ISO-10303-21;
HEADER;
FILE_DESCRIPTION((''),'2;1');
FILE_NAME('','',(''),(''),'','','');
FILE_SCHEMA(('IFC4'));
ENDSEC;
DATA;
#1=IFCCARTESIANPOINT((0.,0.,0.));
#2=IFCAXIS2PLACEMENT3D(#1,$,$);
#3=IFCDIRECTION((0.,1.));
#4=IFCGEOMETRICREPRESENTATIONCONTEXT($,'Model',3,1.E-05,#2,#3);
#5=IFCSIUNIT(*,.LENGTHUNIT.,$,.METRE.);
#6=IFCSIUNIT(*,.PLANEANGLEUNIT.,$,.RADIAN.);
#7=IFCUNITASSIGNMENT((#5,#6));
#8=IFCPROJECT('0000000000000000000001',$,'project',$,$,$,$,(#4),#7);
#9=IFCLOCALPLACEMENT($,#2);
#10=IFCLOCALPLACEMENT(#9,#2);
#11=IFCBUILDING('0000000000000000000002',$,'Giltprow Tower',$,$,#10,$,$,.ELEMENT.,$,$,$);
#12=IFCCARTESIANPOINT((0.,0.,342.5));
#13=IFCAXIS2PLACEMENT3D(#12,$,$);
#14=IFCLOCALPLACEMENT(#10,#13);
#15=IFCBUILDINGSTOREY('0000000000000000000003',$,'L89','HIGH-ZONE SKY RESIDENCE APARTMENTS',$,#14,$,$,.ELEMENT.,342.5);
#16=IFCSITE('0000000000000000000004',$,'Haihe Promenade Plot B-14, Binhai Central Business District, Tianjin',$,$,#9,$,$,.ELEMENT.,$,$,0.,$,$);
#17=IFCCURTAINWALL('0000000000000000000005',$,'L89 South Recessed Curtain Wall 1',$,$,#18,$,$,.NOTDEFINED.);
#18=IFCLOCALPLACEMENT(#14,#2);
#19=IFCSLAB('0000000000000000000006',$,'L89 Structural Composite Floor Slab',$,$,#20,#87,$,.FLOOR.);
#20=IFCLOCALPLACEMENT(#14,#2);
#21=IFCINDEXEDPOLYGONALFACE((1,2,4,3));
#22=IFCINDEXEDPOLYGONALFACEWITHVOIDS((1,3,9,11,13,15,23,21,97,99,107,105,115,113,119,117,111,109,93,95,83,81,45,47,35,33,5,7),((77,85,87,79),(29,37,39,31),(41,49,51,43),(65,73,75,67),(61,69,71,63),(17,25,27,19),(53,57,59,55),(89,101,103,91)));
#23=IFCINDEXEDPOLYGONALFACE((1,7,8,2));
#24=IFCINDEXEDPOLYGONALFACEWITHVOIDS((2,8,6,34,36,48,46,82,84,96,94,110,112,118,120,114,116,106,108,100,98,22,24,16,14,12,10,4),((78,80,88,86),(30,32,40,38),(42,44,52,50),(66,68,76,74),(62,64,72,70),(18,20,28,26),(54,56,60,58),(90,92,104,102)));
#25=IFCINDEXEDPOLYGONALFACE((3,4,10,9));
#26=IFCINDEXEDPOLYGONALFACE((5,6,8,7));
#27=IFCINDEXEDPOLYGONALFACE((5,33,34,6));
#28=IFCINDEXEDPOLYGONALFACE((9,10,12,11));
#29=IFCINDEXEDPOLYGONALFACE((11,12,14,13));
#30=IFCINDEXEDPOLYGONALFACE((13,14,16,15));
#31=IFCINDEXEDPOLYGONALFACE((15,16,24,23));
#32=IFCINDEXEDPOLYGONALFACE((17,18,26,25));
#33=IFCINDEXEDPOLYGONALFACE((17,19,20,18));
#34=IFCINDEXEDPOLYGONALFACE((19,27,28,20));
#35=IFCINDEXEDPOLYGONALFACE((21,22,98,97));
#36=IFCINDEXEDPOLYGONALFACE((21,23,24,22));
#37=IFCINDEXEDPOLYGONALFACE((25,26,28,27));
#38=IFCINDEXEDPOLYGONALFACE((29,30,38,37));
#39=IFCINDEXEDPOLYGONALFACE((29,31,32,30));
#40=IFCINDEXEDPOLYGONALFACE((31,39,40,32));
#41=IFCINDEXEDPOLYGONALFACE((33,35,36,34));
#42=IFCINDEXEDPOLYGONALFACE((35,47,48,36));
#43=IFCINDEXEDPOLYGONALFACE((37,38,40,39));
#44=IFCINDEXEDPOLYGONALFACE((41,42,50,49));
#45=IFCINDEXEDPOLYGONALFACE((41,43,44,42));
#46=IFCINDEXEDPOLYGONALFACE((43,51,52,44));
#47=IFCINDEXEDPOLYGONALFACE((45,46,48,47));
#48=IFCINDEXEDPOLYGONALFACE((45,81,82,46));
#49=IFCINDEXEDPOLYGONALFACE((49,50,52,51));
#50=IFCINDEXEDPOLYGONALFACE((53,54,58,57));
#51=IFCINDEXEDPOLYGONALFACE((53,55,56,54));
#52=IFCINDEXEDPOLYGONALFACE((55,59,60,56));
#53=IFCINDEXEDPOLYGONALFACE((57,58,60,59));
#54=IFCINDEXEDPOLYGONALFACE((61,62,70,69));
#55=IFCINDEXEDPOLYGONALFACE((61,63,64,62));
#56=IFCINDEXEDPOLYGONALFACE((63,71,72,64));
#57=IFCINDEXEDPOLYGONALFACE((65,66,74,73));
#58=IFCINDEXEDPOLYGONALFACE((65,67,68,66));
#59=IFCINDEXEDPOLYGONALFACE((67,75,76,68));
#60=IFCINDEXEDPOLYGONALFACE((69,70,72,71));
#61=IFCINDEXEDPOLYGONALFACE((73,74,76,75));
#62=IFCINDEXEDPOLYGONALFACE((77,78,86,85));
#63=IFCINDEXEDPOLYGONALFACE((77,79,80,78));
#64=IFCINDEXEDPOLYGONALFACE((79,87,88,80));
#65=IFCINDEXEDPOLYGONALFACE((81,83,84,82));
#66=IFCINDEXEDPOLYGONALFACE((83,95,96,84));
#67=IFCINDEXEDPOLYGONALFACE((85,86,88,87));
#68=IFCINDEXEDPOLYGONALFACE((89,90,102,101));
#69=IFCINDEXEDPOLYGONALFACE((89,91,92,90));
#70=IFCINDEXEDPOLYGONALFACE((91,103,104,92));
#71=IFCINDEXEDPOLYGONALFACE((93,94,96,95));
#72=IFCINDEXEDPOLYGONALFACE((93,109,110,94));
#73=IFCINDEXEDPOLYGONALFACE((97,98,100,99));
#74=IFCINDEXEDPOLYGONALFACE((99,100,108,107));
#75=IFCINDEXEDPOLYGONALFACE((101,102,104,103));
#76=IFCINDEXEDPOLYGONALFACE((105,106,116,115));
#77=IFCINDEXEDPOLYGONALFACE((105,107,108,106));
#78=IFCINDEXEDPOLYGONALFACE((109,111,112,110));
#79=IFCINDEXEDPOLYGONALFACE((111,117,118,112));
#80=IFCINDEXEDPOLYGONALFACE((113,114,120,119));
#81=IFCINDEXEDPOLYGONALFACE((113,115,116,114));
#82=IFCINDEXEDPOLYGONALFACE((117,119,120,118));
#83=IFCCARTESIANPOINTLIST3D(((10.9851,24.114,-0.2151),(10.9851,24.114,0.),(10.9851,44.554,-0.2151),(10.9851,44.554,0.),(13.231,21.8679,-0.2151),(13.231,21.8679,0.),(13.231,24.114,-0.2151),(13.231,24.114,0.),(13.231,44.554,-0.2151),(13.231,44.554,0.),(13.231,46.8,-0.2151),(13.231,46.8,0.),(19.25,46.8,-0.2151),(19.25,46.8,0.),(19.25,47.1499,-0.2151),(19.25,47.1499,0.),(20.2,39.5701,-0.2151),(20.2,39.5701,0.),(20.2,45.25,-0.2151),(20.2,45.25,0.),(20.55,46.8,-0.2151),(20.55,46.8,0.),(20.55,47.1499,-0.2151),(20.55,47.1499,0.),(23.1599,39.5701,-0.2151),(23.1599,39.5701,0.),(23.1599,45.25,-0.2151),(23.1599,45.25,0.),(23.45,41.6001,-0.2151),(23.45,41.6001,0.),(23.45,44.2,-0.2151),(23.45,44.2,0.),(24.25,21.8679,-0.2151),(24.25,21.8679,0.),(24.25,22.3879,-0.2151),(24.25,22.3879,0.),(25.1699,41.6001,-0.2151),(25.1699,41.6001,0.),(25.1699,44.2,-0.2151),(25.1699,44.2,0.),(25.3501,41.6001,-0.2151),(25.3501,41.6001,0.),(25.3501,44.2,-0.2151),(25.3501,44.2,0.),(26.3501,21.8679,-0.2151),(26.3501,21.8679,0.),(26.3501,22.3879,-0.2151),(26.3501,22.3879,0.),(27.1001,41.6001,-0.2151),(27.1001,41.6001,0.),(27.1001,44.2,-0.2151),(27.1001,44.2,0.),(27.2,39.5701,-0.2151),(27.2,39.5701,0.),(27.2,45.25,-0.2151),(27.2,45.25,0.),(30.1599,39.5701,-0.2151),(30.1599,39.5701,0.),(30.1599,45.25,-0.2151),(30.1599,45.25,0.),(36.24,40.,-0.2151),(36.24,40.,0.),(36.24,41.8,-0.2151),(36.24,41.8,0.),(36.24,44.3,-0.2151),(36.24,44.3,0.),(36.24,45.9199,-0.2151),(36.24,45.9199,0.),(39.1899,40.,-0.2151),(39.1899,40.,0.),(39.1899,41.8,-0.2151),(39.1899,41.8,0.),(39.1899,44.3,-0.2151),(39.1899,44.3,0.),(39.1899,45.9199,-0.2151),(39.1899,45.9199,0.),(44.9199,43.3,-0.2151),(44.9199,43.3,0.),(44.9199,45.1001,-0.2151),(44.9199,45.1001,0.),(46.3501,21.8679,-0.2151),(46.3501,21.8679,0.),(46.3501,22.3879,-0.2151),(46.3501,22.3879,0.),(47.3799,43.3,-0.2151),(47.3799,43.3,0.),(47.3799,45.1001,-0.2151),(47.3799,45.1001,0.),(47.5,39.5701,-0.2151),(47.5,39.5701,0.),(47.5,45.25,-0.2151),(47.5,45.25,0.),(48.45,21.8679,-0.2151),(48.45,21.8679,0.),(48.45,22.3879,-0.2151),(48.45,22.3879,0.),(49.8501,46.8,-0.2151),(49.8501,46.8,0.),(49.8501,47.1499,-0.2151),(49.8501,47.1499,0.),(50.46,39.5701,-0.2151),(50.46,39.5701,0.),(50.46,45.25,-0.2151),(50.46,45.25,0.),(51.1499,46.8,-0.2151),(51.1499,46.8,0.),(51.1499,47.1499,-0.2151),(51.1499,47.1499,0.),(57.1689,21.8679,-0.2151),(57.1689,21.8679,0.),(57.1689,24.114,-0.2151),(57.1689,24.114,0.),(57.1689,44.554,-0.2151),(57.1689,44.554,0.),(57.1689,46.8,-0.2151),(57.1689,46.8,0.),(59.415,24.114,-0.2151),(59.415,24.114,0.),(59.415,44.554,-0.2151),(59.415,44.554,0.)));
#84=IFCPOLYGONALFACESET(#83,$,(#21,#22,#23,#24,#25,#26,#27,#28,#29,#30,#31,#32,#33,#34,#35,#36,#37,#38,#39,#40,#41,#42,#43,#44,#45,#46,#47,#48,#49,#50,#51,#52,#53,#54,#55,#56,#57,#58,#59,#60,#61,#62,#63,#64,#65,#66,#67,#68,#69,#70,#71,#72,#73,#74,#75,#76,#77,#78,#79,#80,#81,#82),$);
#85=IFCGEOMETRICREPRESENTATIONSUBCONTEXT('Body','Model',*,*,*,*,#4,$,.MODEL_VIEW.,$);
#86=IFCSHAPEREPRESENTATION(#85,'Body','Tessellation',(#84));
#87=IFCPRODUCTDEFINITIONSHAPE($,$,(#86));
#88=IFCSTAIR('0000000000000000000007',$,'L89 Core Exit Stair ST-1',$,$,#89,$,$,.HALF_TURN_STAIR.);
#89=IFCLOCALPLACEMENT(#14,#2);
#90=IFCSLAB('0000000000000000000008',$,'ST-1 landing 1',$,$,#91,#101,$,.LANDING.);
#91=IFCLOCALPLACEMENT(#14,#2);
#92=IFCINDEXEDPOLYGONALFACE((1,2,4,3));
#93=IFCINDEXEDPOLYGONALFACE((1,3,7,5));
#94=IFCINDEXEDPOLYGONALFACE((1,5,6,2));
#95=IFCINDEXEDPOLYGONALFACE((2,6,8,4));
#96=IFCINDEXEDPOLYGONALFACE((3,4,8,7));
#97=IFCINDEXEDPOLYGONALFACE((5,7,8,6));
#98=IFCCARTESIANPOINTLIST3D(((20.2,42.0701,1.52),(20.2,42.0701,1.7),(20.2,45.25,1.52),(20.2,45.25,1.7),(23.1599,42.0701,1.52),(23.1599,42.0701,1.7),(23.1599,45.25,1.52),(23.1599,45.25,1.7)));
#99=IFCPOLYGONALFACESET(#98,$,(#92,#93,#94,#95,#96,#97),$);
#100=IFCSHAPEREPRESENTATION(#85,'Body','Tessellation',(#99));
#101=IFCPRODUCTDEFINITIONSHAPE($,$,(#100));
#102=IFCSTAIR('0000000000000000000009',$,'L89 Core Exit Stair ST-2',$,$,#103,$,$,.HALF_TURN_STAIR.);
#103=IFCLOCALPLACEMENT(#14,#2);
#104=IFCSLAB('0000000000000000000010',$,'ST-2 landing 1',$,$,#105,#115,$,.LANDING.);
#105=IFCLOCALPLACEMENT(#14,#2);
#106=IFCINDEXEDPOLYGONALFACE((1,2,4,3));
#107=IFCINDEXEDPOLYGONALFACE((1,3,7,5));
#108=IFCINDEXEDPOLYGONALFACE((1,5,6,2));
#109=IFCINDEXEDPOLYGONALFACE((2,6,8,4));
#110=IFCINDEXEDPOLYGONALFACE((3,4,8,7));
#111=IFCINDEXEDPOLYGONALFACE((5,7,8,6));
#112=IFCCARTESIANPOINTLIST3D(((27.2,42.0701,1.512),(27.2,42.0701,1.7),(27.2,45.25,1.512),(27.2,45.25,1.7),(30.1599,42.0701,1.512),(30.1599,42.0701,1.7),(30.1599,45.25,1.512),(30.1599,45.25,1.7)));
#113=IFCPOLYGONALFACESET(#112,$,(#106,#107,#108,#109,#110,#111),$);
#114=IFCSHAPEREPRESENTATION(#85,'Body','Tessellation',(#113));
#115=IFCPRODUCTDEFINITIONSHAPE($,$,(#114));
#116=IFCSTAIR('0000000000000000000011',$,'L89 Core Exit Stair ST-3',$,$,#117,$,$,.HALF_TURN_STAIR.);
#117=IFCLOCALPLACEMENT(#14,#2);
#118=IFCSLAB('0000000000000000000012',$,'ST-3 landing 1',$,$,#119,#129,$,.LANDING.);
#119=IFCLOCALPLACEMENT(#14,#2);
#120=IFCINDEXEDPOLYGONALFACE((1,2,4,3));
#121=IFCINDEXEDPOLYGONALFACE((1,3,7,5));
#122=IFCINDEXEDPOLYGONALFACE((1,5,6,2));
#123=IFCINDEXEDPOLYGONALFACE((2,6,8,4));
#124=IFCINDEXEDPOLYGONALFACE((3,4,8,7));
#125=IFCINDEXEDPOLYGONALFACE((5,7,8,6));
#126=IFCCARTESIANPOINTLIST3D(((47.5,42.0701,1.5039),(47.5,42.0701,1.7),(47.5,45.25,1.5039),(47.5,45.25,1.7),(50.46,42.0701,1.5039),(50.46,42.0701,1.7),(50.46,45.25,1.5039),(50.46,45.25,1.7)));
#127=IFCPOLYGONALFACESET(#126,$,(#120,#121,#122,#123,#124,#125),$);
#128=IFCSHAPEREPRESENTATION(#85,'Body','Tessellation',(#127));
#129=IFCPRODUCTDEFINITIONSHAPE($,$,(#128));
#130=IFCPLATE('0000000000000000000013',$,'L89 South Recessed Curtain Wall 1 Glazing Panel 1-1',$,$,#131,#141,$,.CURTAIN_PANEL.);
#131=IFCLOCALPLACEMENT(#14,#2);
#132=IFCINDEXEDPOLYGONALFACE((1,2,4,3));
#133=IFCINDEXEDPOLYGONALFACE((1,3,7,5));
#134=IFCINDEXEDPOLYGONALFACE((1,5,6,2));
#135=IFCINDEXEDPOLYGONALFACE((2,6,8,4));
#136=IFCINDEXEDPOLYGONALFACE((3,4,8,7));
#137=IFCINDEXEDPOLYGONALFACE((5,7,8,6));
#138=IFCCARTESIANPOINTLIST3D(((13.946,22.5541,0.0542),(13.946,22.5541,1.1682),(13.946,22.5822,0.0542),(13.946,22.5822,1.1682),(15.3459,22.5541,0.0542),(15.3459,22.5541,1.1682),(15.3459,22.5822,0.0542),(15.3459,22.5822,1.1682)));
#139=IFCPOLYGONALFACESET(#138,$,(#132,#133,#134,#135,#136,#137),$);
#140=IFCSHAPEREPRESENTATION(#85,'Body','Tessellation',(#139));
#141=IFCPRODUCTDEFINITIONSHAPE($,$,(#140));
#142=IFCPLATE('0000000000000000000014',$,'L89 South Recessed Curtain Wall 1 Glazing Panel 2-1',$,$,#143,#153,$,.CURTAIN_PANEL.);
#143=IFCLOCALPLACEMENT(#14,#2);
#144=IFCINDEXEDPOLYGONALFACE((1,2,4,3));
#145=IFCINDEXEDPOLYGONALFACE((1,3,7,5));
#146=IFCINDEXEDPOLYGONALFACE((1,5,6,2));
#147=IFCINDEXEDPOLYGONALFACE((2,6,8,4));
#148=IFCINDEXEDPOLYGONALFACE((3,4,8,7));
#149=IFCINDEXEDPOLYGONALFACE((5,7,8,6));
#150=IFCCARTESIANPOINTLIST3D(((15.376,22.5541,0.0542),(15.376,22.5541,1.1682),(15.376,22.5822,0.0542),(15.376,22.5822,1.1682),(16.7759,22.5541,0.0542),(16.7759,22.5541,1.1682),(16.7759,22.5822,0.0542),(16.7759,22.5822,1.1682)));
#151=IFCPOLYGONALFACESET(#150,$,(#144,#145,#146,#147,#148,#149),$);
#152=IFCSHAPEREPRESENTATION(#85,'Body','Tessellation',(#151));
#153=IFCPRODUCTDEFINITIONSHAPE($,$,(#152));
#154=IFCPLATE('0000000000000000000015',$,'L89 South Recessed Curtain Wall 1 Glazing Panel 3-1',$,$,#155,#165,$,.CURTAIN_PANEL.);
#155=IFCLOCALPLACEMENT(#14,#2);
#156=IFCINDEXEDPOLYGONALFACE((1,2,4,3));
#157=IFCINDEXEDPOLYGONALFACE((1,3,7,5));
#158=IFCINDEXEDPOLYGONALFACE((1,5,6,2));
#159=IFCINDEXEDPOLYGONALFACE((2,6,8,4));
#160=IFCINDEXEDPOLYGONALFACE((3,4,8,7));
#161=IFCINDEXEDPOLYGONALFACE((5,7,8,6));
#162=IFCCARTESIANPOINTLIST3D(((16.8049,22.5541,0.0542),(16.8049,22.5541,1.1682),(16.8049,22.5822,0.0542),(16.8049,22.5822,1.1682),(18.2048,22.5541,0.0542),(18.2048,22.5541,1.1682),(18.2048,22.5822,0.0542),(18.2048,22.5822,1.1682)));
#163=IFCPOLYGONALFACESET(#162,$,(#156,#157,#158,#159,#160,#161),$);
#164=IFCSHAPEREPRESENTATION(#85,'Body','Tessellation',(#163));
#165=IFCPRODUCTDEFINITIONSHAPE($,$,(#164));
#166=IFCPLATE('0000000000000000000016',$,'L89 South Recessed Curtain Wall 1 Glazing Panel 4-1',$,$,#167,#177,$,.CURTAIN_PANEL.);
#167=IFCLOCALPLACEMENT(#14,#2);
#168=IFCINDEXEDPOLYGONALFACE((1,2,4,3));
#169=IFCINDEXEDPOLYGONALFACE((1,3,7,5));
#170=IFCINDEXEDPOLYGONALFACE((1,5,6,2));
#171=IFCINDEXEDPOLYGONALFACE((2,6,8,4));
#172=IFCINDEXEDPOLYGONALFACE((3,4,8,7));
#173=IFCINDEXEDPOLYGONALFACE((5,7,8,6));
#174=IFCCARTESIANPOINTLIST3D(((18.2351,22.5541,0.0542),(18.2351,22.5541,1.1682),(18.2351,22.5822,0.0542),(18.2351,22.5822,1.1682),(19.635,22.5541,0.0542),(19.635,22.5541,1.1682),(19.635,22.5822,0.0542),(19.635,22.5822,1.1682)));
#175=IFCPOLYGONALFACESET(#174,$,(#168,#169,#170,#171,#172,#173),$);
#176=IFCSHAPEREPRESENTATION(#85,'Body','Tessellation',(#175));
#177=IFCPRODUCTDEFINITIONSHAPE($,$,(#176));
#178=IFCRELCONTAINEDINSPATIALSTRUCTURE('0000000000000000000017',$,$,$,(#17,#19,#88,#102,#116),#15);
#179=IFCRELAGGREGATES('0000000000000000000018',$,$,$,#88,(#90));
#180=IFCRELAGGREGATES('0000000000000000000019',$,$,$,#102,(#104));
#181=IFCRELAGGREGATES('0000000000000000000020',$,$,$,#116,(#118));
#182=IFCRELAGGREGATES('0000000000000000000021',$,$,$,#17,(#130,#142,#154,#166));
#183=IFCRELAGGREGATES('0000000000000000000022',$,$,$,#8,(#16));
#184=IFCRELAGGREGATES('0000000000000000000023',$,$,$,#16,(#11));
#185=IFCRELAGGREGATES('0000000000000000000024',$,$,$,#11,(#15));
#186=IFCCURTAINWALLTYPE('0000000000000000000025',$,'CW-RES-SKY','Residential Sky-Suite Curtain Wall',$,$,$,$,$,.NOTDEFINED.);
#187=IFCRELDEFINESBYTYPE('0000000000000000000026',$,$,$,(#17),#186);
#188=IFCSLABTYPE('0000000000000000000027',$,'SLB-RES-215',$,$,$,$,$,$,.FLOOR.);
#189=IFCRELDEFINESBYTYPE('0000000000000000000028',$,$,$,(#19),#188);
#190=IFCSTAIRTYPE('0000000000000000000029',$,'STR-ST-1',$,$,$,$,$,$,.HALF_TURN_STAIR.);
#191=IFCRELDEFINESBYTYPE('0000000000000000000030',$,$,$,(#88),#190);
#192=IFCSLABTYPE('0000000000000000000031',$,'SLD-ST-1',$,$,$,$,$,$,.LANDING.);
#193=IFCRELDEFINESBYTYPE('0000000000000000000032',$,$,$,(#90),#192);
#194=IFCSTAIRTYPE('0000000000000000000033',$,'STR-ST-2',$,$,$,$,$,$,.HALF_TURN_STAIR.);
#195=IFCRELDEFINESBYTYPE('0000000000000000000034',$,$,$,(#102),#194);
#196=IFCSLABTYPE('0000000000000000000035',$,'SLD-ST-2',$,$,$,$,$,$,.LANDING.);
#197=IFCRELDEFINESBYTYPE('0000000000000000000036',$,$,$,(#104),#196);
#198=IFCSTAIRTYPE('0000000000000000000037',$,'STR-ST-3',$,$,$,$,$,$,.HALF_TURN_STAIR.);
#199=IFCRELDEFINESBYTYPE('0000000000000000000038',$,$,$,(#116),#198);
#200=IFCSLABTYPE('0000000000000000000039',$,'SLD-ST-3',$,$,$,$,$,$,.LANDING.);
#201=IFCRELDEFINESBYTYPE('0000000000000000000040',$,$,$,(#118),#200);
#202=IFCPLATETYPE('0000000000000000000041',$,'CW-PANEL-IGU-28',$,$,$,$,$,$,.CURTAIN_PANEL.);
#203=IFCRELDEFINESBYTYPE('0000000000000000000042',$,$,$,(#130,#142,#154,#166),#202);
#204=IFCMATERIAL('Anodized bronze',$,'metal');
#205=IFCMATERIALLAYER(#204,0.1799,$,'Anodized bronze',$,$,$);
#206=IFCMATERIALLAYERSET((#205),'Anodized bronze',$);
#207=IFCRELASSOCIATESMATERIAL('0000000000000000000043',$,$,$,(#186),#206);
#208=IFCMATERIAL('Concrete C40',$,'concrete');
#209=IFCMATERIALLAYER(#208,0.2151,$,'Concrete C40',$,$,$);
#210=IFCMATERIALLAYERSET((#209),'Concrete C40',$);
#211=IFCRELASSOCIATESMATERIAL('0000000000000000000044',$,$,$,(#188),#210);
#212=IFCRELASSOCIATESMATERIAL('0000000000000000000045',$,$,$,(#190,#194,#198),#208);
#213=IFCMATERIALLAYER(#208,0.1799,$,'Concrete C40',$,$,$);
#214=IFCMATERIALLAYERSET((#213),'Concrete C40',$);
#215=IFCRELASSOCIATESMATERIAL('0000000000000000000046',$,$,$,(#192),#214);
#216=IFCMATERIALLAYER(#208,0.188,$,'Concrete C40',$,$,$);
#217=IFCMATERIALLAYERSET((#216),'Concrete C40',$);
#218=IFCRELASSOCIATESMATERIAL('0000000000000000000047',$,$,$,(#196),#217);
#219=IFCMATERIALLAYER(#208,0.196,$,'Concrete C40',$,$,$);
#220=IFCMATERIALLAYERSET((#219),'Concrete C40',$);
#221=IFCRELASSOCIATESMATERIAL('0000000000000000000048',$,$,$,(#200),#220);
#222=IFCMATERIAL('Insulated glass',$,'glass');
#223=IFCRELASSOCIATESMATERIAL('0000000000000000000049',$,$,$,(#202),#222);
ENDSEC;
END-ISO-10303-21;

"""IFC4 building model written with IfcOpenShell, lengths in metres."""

from ifc_helpers import new_model, si_unit, direction, frame, origin, origin_2d, place, context, subcontext, project, spatial, polyline, rectangle, outline, extrude, source, transform, mapped, material, layer, layer_set, type_object, element, aggregate, save


model = new_model("IFC4")

# Units and contexts
model_context = context("Model", 3, precision=1e-05, world=origin(), true_north=direction((0.0, 1.0)))
body_context = subcontext(model_context, "Body", "Model", "MODEL_VIEW")
ifc_project = project(units=[si_unit("LENGTHUNIT", "METRE"), si_unit("PLANEANGLEUNIT", "RADIAN")], contexts=[model_context])

# Site, building, storey
site_placement = place(None, origin())
site = spatial("IfcSite", under=ifc_project, at=site_placement, Name="Haihe Promenade Plot B-14, Binhai Central Business District, Tianjin", CompositionType="ELEMENT", RefElevation=0.0)
building_placement = place(site_placement, origin())
building = spatial("IfcBuilding", under=site, at=building_placement, Name="Giltprow Tower", CompositionType="ELEMENT")
storey_placement = place(building_placement, frame((0.0, 0.0, 342.5)))
storey = spatial("IfcBuildingStorey", under=building, at=storey_placement, Name="L89", Description="HIGH-ZONE SKY RESIDENCE APARTMENTS", CompositionType="ELEMENT", Elevation=342.5)

# Curtain wall
ifc_material_1 = material(Name="Anodized bronze", Category="metal")
ifc_layer_1 = layer(ifc_material_1, 0.1799, Name="Anodized bronze")
ifc_layer_set_1 = layer_set([ifc_layer_1], Name="Anodized bronze")
curtain_wall_type = type_object("IfcCurtainWallType", Name="CW-RES-SKY", Description="Residential Sky-Suite Curtain Wall", PredefinedType="NOTDEFINED", material=ifc_layer_set_1)
curtain_wall_placement = place(storey_placement, origin())
curtain_wall = element("IfcCurtainWall", 1, at=curtain_wall_placement, inside=storey, type_object=curtain_wall_type, Name="L89 South Recessed Curtain Wall 1", PredefinedType="NOTDEFINED")

# Slab
ifc_material_2 = material(Name="Concrete C40", Category="concrete")
ifc_layer_2 = layer(ifc_material_2, 0.2151, Name="Concrete C40")
ifc_layer_set_2 = layer_set([ifc_layer_2], Name="Concrete C40")
slab_type_1 = type_object("IfcSlabType", Name="SLB-RES-215", PredefinedType="FLOOR", material=ifc_layer_set_2)
slab_1_placement = place(storey_placement, frame((0.0, 0.0, -0.2151)))
element("IfcSlab", 2, at=slab_1_placement, inside=storey, type_object=slab_type_1, Name="L89 Structural Composite Floor Slab", PredefinedType="FLOOR", context=body_context, shape_type="SweptSolid", body=[
    extrude(outline(polyline([(59.415, 44.554), (59.415, 24.114), (57.1689, 24.114), (57.1689, 21.8679), (48.45, 21.8679), (48.45, 22.3879), (46.3501, 22.3879), (46.3501, 21.8679), (26.3501, 21.8679), (26.3501, 22.3879), (24.25, 22.3879), (24.25, 21.8679), (13.231, 21.8679), (13.231, 24.114), (10.9851, 24.114), (10.9851, 44.554), (13.231, 44.554), (13.231, 46.8), (19.25, 46.8), (19.25, 47.1499), (20.55, 47.1499), (20.55, 46.8), (49.8501, 46.8), (49.8501, 47.1499), (51.1499, 47.1499), (51.1499, 46.8), (57.1689, 46.8), (57.1689, 44.554), (59.415, 44.554)]), holes=[polyline([(39.1899, 41.8), (36.24, 41.8), (36.24, 40.0), (39.1899, 40.0), (39.1899, 41.8)]), polyline([(23.1599, 39.5701), (23.1599, 45.25), (20.2, 45.25), (20.2, 39.5701), (23.1599, 39.5701)]), polyline([(30.1599, 39.5701), (30.1599, 45.25), (27.2, 45.25), (27.2, 39.5701), (30.1599, 39.5701)]), polyline([(50.46, 45.25), (47.5, 45.25), (47.5, 39.5701), (50.46, 39.5701), (50.46, 45.25)]), polyline([(25.1699, 44.2), (23.45, 44.2), (23.45, 41.6001), (25.1699, 41.6001), (25.1699, 44.2)]), polyline([(27.1001, 44.2), (25.3501, 44.2), (25.3501, 41.6001), (27.1001, 41.6001), (27.1001, 44.2)]), polyline([(47.3799, 43.3), (47.3799, 45.1001), (44.9199, 45.1001), (44.9199, 43.3), (47.3799, 43.3)]), polyline([(39.1899, 44.3), (39.1899, 45.9199), (36.24, 45.9199), (36.24, 44.3), (39.1899, 44.3)])]), origin(), (0.0, 0.0, 1.0), 0.2151),
])

# Stairs, slabs
stair_type_1 = type_object("IfcStairType", Name="STR-ST-1", PredefinedType="HALF_TURN_STAIR", material=ifc_material_2)
stair_1_placement = place(storey_placement, origin())
stair_1 = element("IfcStair", 3, at=stair_1_placement, inside=storey, type_object=stair_type_1, Name="L89 Core Exit Stair ST-1", PredefinedType="HALF_TURN_STAIR")
ifc_layer_3 = layer(ifc_material_2, 0.1799, Name="Concrete C40")
ifc_layer_set_3 = layer_set([ifc_layer_3], Name="Concrete C40")
slab_type_2 = type_object("IfcSlabType", Name="SLD-ST-1", PredefinedType="LANDING", material=ifc_layer_set_3)
slab_2_placement = place(storey_placement, frame((0.0, 0.0, 1.52)))
slab_2 = element("IfcSlab", 4, at=slab_2_placement, type_object=slab_type_2, Name="ST-1 landing 1", PredefinedType="LANDING", context=body_context, shape_type="SweptSolid", body=[
    extrude(outline(polyline([(23.1599, 42.0701), (23.1599, 45.25), (20.2, 45.25), (20.2, 42.0701), (23.1599, 42.0701)])), origin(), (0.0, 0.0, 1.0), 0.1799),
])
aggregate(stair_1, [slab_2])
stair_type_2 = type_object("IfcStairType", Name="STR-ST-2", PredefinedType="HALF_TURN_STAIR", material=ifc_material_2)
stair_2_placement = place(storey_placement, origin())
stair_2 = element("IfcStair", 5, at=stair_2_placement, inside=storey, type_object=stair_type_2, Name="L89 Core Exit Stair ST-2", PredefinedType="HALF_TURN_STAIR")
ifc_layer_4 = layer(ifc_material_2, 0.188, Name="Concrete C40")
ifc_layer_set_4 = layer_set([ifc_layer_4], Name="Concrete C40")
slab_type_3 = type_object("IfcSlabType", Name="SLD-ST-2", PredefinedType="LANDING", material=ifc_layer_set_4)
slab_3_placement = place(storey_placement, frame((0.0, 0.0, 1.512)))
slab_3 = element("IfcSlab", 6, at=slab_3_placement, type_object=slab_type_3, Name="ST-2 landing 1", PredefinedType="LANDING", context=body_context, shape_type="SweptSolid", body=[
    extrude(outline(polyline([(30.1599, 42.0701), (30.1599, 45.25), (27.2, 45.25), (27.2, 42.0701), (30.1599, 42.0701)])), origin(), (0.0, 0.0, 1.0), 0.188),
])
aggregate(stair_2, [slab_3])
stair_type_3 = type_object("IfcStairType", Name="STR-ST-3", PredefinedType="HALF_TURN_STAIR", material=ifc_material_2)
stair_3_placement = place(storey_placement, origin())
stair_3 = element("IfcStair", 7, at=stair_3_placement, inside=storey, type_object=stair_type_3, Name="L89 Core Exit Stair ST-3", PredefinedType="HALF_TURN_STAIR")
ifc_layer_5 = layer(ifc_material_2, 0.196, Name="Concrete C40")
ifc_layer_set_5 = layer_set([ifc_layer_5], Name="Concrete C40")
slab_type_4 = type_object("IfcSlabType", Name="SLD-ST-3", PredefinedType="LANDING", material=ifc_layer_set_5)
slab_4_placement = place(storey_placement, frame((0.0, 0.0, 1.5039)))
slab_4 = element("IfcSlab", 8, at=slab_4_placement, type_object=slab_type_4, Name="ST-3 landing 1", PredefinedType="LANDING", context=body_context, shape_type="SweptSolid", body=[
    extrude(outline(polyline([(50.46, 42.0701), (50.46, 45.25), (47.5, 45.25), (47.5, 42.0701), (50.46, 42.0701)])), origin(), (0.0, 0.0, 1.0), 0.196),
])
aggregate(stair_3, [slab_4])

# Plates
ifc_material_3 = material(Name="Insulated glass", Category="glass")
plate_type = type_object("IfcPlateType", Name="CW-PANEL-IGU-28", PredefinedType="CURTAIN_PANEL", material=ifc_material_3)
shared_shape_1 = source(origin(), body_context, "Body", "SweptSolid", [
    extrude(rectangle(XDim=1.3999, YDim=0.0281, at=origin_2d()), origin(), (0.0, 0.0, 1.0), 1.114),
])
plate_1_placement = place(storey_placement, frame((14.646, 22.5681, 0.0542), z_axis=(0.0, 0.0, 1.0), x_axis=(1.0, 0.0, 0.0)))
plate_1 = element("IfcPlate", 9, at=plate_1_placement, type_object=plate_type, Name="L89 South Recessed Curtain Wall 1 Glazing Panel 1-1", PredefinedType="CURTAIN_PANEL", context=body_context, shape_type="MappedRepresentation", body=[
    mapped(shared_shape_1, transform((0.0, 0.0, 0.0), x_axis=(1.0, 0.0, 0.0), y_axis=(0.0, 1.0, 0.0), z_axis=(0.0, 0.0, 1.0), scale=1.0)),
])
plate_2_placement = place(storey_placement, frame((16.0759, 22.5681, 0.0542), z_axis=(0.0, 0.0, 1.0), x_axis=(1.0, 0.0, 0.0)))
plate_2 = element("IfcPlate", 10, at=plate_2_placement, type_object=plate_type, Name="L89 South Recessed Curtain Wall 1 Glazing Panel 2-1", PredefinedType="CURTAIN_PANEL", context=body_context, shape_type="MappedRepresentation", body=[
    mapped(shared_shape_1, transform((0.0, 0.0, 0.0), x_axis=(1.0, 0.0, 0.0), y_axis=(0.0, 1.0, 0.0), z_axis=(0.0, 0.0, 1.0), scale=1.0)),
])
plate_3_placement = place(storey_placement, frame((17.5049, 22.5681, 0.0542), z_axis=(0.0, 0.0, 1.0), x_axis=(1.0, 0.0, 0.0)))
plate_3 = element("IfcPlate", 11, at=plate_3_placement, type_object=plate_type, Name="L89 South Recessed Curtain Wall 1 Glazing Panel 3-1", PredefinedType="CURTAIN_PANEL", context=body_context, shape_type="MappedRepresentation", body=[
    mapped(shared_shape_1, transform((0.0, 0.0, 0.0), x_axis=(1.0, 0.0, 0.0), y_axis=(0.0, 1.0, 0.0), z_axis=(0.0, 0.0, 1.0), scale=1.0)),
])
plate_4_placement = place(storey_placement, frame((18.9351, 22.5681, 0.0542), z_axis=(0.0, 0.0, 1.0), x_axis=(1.0, 0.0, 0.0)))
plate_4 = element("IfcPlate", 12, at=plate_4_placement, type_object=plate_type, Name="L89 South Recessed Curtain Wall 1 Glazing Panel 4-1", PredefinedType="CURTAIN_PANEL", context=body_context, shape_type="MappedRepresentation", body=[
    mapped(shared_shape_1, transform((0.0, 0.0, 0.0), x_axis=(1.0, 0.0, 0.0), y_axis=(0.0, 1.0, 0.0), z_axis=(0.0, 0.0, 1.0), scale=1.0)),
])
aggregate(curtain_wall, [plate_1, plate_2, plate_3, plate_4])

save(model, "model.ifc")
